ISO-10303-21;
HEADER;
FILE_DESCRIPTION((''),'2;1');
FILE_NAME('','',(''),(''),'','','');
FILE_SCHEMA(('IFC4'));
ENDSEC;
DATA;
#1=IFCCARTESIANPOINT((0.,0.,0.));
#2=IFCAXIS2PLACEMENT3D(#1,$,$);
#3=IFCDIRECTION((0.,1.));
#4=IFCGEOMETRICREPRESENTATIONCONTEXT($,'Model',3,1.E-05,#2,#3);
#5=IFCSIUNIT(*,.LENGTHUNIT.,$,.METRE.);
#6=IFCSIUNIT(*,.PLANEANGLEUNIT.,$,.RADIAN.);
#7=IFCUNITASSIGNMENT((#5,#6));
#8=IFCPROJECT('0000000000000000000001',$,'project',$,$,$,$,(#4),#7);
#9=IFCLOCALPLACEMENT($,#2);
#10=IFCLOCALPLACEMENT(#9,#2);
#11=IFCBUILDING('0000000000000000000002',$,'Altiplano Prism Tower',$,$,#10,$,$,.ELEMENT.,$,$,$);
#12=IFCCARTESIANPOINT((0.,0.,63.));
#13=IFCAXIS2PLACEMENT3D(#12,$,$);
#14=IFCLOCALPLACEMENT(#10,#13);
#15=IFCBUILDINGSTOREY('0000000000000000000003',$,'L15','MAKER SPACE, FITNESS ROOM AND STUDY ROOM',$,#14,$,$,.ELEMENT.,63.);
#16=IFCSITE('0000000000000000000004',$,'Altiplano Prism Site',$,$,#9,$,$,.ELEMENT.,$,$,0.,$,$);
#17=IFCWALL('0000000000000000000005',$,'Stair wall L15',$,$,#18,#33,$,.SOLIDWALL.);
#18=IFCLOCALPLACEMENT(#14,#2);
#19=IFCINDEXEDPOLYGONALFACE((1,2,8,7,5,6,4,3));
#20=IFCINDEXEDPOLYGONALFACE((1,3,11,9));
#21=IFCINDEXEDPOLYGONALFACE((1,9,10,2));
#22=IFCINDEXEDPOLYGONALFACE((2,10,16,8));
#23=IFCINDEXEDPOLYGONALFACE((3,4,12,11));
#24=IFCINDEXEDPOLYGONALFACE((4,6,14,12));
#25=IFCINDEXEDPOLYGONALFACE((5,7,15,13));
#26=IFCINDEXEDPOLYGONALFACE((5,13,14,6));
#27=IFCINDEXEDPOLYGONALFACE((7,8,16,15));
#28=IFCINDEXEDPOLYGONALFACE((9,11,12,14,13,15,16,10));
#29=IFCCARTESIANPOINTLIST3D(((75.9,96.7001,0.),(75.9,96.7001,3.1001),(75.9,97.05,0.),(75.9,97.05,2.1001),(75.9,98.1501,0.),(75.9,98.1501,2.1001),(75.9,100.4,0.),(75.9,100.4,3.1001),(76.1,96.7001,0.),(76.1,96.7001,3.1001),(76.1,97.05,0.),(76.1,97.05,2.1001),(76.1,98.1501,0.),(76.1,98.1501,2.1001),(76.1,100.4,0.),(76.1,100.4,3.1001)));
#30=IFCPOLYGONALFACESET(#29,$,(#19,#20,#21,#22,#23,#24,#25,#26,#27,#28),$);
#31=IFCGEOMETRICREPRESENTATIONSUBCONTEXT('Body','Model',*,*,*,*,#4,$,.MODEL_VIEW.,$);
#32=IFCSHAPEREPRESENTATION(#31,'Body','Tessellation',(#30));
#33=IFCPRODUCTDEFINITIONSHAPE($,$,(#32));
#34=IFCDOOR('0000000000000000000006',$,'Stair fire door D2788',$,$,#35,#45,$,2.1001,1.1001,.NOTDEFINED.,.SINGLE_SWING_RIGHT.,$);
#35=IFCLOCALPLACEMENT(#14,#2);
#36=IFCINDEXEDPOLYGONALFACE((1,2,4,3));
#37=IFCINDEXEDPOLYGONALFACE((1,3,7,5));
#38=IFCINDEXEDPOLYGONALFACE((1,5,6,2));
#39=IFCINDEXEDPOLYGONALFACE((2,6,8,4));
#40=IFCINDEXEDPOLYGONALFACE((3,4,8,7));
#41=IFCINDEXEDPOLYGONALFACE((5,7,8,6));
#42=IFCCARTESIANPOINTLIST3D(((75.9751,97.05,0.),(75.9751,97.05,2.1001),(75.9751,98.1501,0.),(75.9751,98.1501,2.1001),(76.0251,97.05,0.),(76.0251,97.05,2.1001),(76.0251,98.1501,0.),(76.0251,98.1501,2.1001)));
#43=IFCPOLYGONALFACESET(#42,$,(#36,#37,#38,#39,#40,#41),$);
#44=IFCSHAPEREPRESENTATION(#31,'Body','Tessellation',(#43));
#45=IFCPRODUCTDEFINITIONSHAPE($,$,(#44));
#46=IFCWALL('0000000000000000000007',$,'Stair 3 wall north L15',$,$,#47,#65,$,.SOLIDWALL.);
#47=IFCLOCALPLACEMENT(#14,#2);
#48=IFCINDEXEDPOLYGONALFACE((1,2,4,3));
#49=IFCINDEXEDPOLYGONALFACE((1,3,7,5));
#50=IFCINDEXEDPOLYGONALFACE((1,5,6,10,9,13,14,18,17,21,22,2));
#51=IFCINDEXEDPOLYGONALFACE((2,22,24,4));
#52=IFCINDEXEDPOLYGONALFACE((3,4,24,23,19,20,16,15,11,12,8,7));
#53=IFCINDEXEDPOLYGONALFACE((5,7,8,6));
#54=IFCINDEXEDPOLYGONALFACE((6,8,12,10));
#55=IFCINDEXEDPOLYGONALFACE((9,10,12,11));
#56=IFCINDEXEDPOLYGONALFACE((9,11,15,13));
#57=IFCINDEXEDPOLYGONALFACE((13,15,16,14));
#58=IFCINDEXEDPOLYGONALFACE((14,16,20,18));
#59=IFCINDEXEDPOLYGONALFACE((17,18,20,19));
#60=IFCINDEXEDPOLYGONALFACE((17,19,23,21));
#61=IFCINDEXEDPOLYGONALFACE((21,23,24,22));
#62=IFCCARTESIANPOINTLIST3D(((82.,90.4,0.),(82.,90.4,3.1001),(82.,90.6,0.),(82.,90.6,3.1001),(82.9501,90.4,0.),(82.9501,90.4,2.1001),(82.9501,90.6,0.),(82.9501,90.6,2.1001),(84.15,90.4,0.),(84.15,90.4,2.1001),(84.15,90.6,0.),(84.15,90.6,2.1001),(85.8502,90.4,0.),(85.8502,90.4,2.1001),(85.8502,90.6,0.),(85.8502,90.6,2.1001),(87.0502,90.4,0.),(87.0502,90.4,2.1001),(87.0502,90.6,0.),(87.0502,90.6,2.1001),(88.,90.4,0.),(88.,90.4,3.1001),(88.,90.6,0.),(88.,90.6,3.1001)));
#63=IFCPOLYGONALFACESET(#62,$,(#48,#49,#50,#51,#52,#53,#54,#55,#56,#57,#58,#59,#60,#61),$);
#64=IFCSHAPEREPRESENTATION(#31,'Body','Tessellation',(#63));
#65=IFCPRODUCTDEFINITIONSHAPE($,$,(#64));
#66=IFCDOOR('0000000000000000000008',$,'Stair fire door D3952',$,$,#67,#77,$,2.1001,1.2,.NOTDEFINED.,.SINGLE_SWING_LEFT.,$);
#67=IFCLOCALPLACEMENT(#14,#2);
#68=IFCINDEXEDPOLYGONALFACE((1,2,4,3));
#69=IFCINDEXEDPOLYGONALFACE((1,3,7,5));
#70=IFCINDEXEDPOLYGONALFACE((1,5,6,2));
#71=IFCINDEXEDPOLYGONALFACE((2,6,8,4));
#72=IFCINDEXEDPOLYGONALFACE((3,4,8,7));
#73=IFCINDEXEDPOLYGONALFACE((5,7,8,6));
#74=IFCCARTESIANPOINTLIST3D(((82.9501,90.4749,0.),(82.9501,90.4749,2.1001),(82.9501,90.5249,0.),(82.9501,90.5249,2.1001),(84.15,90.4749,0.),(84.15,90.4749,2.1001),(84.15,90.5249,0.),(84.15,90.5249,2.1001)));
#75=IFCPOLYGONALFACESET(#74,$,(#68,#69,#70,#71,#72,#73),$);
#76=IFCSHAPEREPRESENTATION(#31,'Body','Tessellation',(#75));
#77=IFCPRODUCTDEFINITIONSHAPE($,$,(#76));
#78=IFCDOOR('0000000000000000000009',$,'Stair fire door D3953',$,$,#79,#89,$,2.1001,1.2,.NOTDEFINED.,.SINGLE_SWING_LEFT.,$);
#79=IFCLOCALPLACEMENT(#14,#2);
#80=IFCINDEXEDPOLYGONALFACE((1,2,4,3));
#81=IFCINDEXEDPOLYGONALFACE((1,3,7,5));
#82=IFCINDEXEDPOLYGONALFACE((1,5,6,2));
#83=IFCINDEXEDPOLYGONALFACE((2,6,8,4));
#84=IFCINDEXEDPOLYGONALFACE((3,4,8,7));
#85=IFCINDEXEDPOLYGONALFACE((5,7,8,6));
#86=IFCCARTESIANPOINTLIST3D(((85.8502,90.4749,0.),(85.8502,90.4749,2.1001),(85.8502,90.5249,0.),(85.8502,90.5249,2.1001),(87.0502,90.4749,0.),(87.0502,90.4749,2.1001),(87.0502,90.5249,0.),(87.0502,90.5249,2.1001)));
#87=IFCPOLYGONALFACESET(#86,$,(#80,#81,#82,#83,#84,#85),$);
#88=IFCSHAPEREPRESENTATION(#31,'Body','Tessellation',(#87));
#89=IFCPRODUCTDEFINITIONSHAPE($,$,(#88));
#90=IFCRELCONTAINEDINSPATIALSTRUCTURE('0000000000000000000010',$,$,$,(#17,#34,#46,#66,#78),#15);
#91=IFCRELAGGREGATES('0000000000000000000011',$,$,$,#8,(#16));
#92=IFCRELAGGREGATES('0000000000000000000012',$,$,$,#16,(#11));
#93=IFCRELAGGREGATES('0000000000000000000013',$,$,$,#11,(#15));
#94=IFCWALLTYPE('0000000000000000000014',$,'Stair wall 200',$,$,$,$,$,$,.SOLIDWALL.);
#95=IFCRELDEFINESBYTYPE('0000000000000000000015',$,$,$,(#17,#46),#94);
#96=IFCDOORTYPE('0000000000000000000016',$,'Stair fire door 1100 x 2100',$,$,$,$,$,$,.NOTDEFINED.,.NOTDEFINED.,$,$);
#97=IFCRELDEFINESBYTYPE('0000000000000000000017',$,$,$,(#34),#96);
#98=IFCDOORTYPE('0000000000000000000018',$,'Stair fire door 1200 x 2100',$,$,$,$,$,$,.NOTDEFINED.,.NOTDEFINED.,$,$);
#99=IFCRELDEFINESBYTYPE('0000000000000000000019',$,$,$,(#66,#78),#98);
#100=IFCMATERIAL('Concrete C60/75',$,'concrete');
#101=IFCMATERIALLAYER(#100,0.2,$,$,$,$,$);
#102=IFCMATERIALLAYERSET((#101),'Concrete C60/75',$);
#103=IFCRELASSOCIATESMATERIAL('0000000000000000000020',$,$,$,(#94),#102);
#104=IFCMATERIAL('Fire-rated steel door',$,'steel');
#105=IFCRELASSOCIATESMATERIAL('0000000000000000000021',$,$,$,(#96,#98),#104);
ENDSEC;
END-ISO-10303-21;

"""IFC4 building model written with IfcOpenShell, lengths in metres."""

from ifc_helpers import new_model, si_unit, direction, frame, frame_2d, origin, place, context, subcontext, project, spatial, rectangle, extrude, material, layer, layer_set, type_object, element, fill, save


model = new_model("IFC4")

# Units and contexts
model_context = context("Model", 3, precision=1e-05, world=origin(), true_north=direction((0.0, 1.0)))
body_context = subcontext(model_context, "Body", "Model", "MODEL_VIEW")
ifc_project = project(units=[si_unit("LENGTHUNIT", "METRE"), si_unit("PLANEANGLEUNIT", "RADIAN")], contexts=[model_context])

# Site, building, storey
site_placement = place(None, origin())
site = spatial("IfcSite", under=ifc_project, at=site_placement, Name="Altiplano Prism Site", CompositionType="ELEMENT", RefElevation=0.0)
building_placement = place(site_placement, origin())
building = spatial("IfcBuilding", under=site, at=building_placement, Name="Altiplano Prism Tower", CompositionType="ELEMENT")
storey_placement = place(building_placement, frame((0.0, 0.0, 63.0)))
storey = spatial("IfcBuildingStorey", under=building, at=storey_placement, Name="L15", Description="MAKER SPACE, FITNESS ROOM AND STUDY ROOM", CompositionType="ELEMENT", Elevation=63.0)

# Shared definitions
ifc_material_1 = material(Name="Fire-rated steel door", Category="steel")

# Shared definitions
ifc_material_2 = material(Name="Concrete C60/75", Category="concrete")

# Wall, opening, door
ifc_layer_1 = layer(ifc_material_2, 0.2)
ifc_layer_set_1 = layer_set([ifc_layer_1], Name="Concrete C60/75")
wall_type_1 = type_object("IfcWallType", Name="Stair wall 200", PredefinedType="SOLIDWALL", material=ifc_layer_set_1)
wall_1_placement = place(storey_placement, frame((76.0, 96.7, 0.0), z_axis=(0.0, 0.0, 1.0), x_axis=(0.0, 1.0, 0.0)))
wall_1 = element("IfcWall", 1, at=wall_1_placement, inside=storey, type_object=wall_type_1, Name="Stair wall L15", PredefinedType="SOLIDWALL", context=body_context, shape_type="SweptSolid", body=[
    extrude(rectangle(XDim=3.7, YDim=0.2, at=frame_2d((1.8501, 0.0))), origin(), (0.0, 0.0, 1.0), 3.1001),
])
opening_1_placement = place(wall_1_placement, frame((0.3501, 0.0, 0.0)))
opening_1 = element("IfcOpeningElement", 2, at=opening_1_placement, cuts=wall_1, PredefinedType="OPENING", context=body_context, shape_type="SweptSolid", body=[
    extrude(rectangle(XDim=1.1001, YDim=2.1001, at=frame_2d((0.55, 1.05))), frame((0.0, 0.1104, 0.0), z_axis=(0.0, -1.0, 0.0), x_axis=(1.0, 0.0, 0.0)), (0.0, 0.0, 1.0), 0.2209),
])
door_type_1 = type_object("IfcDoorType", Name="Stair fire door 1100 x 2100", OperationType="NOTDEFINED", PredefinedType="NOTDEFINED", material=ifc_material_1)
door_1_placement = place(opening_1_placement, origin())
door_1 = element("IfcDoor", 3, at=door_1_placement, inside=storey, type_object=door_type_1, Name="Stair fire door D2788", OperationType="SINGLE_SWING_RIGHT", OverallHeight=2.1001, OverallWidth=1.1001, PredefinedType="NOTDEFINED", context=body_context, shape_type="SweptSolid", body=[
    extrude(rectangle(XDim=1.1001, YDim=2.1001, at=frame_2d((0.55, 1.05))), frame((0.0, 0.0249, 0.0), z_axis=(0.0, -1.0, 0.0), x_axis=(1.0, 0.0, 0.0)), (0.0, 0.0, 1.0), 0.05),
])
fill(opening_1, door_1)

# Wall, openings, doors
wall_2_placement = place(storey_placement, frame((82.0, 90.5, 0.0), z_axis=(0.0, 0.0, 1.0), x_axis=(1.0, 0.0, 0.0)))
wall_2 = element("IfcWall", 4, at=wall_2_placement, inside=storey, type_object=wall_type_1, Name="Stair 3 wall north L15", PredefinedType="SOLIDWALL", context=body_context, shape_type="SweptSolid", body=[
    extrude(rectangle(XDim=6.0, YDim=0.2, at=frame_2d((3.0, 0.0))), origin(), (0.0, 0.0, 1.0), 3.1001),
])
opening_2_placement = place(wall_2_placement, frame((0.95, 0.0, 0.0)))
opening_2 = element("IfcOpeningElement", 5, at=opening_2_placement, cuts=wall_2, PredefinedType="OPENING", context=body_context, shape_type="SweptSolid", body=[
    extrude(rectangle(XDim=1.2, YDim=2.1001, at=frame_2d((0.6001, 1.05))), frame((0.0, 0.1104, 0.0), z_axis=(0.0, -1.0, 0.0), x_axis=(1.0, 0.0, 0.0)), (0.0, 0.0, 1.0), 0.2209),
])
opening_3_placement = place(wall_2_placement, frame((3.8501, 0.0, 0.0)))
opening_3 = element("IfcOpeningElement", 6, at=opening_3_placement, cuts=wall_2, PredefinedType="OPENING", context=body_context, shape_type="SweptSolid", body=[
    extrude(rectangle(XDim=1.2, YDim=2.1001, at=frame_2d((0.6001, 1.05))), frame((0.0, 0.1104, 0.0), z_axis=(0.0, -1.0, 0.0), x_axis=(1.0, 0.0, 0.0)), (0.0, 0.0, 1.0), 0.2209),
])
door_type_2 = type_object("IfcDoorType", Name="Stair fire door 1200 x 2100", OperationType="NOTDEFINED", PredefinedType="NOTDEFINED", material=ifc_material_1)
door_2_placement = place(opening_2_placement, origin())
door_2 = element("IfcDoor", 7, at=door_2_placement, inside=storey, type_object=door_type_2, Name="Stair fire door D3952", OperationType="SINGLE_SWING_LEFT", OverallHeight=2.1001, OverallWidth=1.2, PredefinedType="NOTDEFINED", context=body_context, shape_type="SweptSolid", body=[
    extrude(rectangle(XDim=1.2, YDim=2.1001, at=frame_2d((0.6001, 1.05))), frame((0.0, 0.0249, 0.0), z_axis=(0.0, -1.0, 0.0), x_axis=(1.0, 0.0, 0.0)), (0.0, 0.0, 1.0), 0.05),
])
fill(opening_2, door_2)
door_3_placement = place(opening_3_placement, origin())
door_3 = element("IfcDoor", 8, at=door_3_placement, inside=storey, type_object=door_type_2, Name="Stair fire door D3953", OperationType="SINGLE_SWING_LEFT", OverallHeight=2.1001, OverallWidth=1.2, PredefinedType="NOTDEFINED", context=body_context, shape_type="SweptSolid", body=[
    extrude(rectangle(XDim=1.2, YDim=2.1001, at=frame_2d((0.6001, 1.05))), frame((0.0, 0.0249, 0.0), z_axis=(0.0, -1.0, 0.0), x_axis=(1.0, 0.0, 0.0)), (0.0, 0.0, 1.0), 0.05),
])
fill(opening_3, door_3)

save(model, "model.ifc")
